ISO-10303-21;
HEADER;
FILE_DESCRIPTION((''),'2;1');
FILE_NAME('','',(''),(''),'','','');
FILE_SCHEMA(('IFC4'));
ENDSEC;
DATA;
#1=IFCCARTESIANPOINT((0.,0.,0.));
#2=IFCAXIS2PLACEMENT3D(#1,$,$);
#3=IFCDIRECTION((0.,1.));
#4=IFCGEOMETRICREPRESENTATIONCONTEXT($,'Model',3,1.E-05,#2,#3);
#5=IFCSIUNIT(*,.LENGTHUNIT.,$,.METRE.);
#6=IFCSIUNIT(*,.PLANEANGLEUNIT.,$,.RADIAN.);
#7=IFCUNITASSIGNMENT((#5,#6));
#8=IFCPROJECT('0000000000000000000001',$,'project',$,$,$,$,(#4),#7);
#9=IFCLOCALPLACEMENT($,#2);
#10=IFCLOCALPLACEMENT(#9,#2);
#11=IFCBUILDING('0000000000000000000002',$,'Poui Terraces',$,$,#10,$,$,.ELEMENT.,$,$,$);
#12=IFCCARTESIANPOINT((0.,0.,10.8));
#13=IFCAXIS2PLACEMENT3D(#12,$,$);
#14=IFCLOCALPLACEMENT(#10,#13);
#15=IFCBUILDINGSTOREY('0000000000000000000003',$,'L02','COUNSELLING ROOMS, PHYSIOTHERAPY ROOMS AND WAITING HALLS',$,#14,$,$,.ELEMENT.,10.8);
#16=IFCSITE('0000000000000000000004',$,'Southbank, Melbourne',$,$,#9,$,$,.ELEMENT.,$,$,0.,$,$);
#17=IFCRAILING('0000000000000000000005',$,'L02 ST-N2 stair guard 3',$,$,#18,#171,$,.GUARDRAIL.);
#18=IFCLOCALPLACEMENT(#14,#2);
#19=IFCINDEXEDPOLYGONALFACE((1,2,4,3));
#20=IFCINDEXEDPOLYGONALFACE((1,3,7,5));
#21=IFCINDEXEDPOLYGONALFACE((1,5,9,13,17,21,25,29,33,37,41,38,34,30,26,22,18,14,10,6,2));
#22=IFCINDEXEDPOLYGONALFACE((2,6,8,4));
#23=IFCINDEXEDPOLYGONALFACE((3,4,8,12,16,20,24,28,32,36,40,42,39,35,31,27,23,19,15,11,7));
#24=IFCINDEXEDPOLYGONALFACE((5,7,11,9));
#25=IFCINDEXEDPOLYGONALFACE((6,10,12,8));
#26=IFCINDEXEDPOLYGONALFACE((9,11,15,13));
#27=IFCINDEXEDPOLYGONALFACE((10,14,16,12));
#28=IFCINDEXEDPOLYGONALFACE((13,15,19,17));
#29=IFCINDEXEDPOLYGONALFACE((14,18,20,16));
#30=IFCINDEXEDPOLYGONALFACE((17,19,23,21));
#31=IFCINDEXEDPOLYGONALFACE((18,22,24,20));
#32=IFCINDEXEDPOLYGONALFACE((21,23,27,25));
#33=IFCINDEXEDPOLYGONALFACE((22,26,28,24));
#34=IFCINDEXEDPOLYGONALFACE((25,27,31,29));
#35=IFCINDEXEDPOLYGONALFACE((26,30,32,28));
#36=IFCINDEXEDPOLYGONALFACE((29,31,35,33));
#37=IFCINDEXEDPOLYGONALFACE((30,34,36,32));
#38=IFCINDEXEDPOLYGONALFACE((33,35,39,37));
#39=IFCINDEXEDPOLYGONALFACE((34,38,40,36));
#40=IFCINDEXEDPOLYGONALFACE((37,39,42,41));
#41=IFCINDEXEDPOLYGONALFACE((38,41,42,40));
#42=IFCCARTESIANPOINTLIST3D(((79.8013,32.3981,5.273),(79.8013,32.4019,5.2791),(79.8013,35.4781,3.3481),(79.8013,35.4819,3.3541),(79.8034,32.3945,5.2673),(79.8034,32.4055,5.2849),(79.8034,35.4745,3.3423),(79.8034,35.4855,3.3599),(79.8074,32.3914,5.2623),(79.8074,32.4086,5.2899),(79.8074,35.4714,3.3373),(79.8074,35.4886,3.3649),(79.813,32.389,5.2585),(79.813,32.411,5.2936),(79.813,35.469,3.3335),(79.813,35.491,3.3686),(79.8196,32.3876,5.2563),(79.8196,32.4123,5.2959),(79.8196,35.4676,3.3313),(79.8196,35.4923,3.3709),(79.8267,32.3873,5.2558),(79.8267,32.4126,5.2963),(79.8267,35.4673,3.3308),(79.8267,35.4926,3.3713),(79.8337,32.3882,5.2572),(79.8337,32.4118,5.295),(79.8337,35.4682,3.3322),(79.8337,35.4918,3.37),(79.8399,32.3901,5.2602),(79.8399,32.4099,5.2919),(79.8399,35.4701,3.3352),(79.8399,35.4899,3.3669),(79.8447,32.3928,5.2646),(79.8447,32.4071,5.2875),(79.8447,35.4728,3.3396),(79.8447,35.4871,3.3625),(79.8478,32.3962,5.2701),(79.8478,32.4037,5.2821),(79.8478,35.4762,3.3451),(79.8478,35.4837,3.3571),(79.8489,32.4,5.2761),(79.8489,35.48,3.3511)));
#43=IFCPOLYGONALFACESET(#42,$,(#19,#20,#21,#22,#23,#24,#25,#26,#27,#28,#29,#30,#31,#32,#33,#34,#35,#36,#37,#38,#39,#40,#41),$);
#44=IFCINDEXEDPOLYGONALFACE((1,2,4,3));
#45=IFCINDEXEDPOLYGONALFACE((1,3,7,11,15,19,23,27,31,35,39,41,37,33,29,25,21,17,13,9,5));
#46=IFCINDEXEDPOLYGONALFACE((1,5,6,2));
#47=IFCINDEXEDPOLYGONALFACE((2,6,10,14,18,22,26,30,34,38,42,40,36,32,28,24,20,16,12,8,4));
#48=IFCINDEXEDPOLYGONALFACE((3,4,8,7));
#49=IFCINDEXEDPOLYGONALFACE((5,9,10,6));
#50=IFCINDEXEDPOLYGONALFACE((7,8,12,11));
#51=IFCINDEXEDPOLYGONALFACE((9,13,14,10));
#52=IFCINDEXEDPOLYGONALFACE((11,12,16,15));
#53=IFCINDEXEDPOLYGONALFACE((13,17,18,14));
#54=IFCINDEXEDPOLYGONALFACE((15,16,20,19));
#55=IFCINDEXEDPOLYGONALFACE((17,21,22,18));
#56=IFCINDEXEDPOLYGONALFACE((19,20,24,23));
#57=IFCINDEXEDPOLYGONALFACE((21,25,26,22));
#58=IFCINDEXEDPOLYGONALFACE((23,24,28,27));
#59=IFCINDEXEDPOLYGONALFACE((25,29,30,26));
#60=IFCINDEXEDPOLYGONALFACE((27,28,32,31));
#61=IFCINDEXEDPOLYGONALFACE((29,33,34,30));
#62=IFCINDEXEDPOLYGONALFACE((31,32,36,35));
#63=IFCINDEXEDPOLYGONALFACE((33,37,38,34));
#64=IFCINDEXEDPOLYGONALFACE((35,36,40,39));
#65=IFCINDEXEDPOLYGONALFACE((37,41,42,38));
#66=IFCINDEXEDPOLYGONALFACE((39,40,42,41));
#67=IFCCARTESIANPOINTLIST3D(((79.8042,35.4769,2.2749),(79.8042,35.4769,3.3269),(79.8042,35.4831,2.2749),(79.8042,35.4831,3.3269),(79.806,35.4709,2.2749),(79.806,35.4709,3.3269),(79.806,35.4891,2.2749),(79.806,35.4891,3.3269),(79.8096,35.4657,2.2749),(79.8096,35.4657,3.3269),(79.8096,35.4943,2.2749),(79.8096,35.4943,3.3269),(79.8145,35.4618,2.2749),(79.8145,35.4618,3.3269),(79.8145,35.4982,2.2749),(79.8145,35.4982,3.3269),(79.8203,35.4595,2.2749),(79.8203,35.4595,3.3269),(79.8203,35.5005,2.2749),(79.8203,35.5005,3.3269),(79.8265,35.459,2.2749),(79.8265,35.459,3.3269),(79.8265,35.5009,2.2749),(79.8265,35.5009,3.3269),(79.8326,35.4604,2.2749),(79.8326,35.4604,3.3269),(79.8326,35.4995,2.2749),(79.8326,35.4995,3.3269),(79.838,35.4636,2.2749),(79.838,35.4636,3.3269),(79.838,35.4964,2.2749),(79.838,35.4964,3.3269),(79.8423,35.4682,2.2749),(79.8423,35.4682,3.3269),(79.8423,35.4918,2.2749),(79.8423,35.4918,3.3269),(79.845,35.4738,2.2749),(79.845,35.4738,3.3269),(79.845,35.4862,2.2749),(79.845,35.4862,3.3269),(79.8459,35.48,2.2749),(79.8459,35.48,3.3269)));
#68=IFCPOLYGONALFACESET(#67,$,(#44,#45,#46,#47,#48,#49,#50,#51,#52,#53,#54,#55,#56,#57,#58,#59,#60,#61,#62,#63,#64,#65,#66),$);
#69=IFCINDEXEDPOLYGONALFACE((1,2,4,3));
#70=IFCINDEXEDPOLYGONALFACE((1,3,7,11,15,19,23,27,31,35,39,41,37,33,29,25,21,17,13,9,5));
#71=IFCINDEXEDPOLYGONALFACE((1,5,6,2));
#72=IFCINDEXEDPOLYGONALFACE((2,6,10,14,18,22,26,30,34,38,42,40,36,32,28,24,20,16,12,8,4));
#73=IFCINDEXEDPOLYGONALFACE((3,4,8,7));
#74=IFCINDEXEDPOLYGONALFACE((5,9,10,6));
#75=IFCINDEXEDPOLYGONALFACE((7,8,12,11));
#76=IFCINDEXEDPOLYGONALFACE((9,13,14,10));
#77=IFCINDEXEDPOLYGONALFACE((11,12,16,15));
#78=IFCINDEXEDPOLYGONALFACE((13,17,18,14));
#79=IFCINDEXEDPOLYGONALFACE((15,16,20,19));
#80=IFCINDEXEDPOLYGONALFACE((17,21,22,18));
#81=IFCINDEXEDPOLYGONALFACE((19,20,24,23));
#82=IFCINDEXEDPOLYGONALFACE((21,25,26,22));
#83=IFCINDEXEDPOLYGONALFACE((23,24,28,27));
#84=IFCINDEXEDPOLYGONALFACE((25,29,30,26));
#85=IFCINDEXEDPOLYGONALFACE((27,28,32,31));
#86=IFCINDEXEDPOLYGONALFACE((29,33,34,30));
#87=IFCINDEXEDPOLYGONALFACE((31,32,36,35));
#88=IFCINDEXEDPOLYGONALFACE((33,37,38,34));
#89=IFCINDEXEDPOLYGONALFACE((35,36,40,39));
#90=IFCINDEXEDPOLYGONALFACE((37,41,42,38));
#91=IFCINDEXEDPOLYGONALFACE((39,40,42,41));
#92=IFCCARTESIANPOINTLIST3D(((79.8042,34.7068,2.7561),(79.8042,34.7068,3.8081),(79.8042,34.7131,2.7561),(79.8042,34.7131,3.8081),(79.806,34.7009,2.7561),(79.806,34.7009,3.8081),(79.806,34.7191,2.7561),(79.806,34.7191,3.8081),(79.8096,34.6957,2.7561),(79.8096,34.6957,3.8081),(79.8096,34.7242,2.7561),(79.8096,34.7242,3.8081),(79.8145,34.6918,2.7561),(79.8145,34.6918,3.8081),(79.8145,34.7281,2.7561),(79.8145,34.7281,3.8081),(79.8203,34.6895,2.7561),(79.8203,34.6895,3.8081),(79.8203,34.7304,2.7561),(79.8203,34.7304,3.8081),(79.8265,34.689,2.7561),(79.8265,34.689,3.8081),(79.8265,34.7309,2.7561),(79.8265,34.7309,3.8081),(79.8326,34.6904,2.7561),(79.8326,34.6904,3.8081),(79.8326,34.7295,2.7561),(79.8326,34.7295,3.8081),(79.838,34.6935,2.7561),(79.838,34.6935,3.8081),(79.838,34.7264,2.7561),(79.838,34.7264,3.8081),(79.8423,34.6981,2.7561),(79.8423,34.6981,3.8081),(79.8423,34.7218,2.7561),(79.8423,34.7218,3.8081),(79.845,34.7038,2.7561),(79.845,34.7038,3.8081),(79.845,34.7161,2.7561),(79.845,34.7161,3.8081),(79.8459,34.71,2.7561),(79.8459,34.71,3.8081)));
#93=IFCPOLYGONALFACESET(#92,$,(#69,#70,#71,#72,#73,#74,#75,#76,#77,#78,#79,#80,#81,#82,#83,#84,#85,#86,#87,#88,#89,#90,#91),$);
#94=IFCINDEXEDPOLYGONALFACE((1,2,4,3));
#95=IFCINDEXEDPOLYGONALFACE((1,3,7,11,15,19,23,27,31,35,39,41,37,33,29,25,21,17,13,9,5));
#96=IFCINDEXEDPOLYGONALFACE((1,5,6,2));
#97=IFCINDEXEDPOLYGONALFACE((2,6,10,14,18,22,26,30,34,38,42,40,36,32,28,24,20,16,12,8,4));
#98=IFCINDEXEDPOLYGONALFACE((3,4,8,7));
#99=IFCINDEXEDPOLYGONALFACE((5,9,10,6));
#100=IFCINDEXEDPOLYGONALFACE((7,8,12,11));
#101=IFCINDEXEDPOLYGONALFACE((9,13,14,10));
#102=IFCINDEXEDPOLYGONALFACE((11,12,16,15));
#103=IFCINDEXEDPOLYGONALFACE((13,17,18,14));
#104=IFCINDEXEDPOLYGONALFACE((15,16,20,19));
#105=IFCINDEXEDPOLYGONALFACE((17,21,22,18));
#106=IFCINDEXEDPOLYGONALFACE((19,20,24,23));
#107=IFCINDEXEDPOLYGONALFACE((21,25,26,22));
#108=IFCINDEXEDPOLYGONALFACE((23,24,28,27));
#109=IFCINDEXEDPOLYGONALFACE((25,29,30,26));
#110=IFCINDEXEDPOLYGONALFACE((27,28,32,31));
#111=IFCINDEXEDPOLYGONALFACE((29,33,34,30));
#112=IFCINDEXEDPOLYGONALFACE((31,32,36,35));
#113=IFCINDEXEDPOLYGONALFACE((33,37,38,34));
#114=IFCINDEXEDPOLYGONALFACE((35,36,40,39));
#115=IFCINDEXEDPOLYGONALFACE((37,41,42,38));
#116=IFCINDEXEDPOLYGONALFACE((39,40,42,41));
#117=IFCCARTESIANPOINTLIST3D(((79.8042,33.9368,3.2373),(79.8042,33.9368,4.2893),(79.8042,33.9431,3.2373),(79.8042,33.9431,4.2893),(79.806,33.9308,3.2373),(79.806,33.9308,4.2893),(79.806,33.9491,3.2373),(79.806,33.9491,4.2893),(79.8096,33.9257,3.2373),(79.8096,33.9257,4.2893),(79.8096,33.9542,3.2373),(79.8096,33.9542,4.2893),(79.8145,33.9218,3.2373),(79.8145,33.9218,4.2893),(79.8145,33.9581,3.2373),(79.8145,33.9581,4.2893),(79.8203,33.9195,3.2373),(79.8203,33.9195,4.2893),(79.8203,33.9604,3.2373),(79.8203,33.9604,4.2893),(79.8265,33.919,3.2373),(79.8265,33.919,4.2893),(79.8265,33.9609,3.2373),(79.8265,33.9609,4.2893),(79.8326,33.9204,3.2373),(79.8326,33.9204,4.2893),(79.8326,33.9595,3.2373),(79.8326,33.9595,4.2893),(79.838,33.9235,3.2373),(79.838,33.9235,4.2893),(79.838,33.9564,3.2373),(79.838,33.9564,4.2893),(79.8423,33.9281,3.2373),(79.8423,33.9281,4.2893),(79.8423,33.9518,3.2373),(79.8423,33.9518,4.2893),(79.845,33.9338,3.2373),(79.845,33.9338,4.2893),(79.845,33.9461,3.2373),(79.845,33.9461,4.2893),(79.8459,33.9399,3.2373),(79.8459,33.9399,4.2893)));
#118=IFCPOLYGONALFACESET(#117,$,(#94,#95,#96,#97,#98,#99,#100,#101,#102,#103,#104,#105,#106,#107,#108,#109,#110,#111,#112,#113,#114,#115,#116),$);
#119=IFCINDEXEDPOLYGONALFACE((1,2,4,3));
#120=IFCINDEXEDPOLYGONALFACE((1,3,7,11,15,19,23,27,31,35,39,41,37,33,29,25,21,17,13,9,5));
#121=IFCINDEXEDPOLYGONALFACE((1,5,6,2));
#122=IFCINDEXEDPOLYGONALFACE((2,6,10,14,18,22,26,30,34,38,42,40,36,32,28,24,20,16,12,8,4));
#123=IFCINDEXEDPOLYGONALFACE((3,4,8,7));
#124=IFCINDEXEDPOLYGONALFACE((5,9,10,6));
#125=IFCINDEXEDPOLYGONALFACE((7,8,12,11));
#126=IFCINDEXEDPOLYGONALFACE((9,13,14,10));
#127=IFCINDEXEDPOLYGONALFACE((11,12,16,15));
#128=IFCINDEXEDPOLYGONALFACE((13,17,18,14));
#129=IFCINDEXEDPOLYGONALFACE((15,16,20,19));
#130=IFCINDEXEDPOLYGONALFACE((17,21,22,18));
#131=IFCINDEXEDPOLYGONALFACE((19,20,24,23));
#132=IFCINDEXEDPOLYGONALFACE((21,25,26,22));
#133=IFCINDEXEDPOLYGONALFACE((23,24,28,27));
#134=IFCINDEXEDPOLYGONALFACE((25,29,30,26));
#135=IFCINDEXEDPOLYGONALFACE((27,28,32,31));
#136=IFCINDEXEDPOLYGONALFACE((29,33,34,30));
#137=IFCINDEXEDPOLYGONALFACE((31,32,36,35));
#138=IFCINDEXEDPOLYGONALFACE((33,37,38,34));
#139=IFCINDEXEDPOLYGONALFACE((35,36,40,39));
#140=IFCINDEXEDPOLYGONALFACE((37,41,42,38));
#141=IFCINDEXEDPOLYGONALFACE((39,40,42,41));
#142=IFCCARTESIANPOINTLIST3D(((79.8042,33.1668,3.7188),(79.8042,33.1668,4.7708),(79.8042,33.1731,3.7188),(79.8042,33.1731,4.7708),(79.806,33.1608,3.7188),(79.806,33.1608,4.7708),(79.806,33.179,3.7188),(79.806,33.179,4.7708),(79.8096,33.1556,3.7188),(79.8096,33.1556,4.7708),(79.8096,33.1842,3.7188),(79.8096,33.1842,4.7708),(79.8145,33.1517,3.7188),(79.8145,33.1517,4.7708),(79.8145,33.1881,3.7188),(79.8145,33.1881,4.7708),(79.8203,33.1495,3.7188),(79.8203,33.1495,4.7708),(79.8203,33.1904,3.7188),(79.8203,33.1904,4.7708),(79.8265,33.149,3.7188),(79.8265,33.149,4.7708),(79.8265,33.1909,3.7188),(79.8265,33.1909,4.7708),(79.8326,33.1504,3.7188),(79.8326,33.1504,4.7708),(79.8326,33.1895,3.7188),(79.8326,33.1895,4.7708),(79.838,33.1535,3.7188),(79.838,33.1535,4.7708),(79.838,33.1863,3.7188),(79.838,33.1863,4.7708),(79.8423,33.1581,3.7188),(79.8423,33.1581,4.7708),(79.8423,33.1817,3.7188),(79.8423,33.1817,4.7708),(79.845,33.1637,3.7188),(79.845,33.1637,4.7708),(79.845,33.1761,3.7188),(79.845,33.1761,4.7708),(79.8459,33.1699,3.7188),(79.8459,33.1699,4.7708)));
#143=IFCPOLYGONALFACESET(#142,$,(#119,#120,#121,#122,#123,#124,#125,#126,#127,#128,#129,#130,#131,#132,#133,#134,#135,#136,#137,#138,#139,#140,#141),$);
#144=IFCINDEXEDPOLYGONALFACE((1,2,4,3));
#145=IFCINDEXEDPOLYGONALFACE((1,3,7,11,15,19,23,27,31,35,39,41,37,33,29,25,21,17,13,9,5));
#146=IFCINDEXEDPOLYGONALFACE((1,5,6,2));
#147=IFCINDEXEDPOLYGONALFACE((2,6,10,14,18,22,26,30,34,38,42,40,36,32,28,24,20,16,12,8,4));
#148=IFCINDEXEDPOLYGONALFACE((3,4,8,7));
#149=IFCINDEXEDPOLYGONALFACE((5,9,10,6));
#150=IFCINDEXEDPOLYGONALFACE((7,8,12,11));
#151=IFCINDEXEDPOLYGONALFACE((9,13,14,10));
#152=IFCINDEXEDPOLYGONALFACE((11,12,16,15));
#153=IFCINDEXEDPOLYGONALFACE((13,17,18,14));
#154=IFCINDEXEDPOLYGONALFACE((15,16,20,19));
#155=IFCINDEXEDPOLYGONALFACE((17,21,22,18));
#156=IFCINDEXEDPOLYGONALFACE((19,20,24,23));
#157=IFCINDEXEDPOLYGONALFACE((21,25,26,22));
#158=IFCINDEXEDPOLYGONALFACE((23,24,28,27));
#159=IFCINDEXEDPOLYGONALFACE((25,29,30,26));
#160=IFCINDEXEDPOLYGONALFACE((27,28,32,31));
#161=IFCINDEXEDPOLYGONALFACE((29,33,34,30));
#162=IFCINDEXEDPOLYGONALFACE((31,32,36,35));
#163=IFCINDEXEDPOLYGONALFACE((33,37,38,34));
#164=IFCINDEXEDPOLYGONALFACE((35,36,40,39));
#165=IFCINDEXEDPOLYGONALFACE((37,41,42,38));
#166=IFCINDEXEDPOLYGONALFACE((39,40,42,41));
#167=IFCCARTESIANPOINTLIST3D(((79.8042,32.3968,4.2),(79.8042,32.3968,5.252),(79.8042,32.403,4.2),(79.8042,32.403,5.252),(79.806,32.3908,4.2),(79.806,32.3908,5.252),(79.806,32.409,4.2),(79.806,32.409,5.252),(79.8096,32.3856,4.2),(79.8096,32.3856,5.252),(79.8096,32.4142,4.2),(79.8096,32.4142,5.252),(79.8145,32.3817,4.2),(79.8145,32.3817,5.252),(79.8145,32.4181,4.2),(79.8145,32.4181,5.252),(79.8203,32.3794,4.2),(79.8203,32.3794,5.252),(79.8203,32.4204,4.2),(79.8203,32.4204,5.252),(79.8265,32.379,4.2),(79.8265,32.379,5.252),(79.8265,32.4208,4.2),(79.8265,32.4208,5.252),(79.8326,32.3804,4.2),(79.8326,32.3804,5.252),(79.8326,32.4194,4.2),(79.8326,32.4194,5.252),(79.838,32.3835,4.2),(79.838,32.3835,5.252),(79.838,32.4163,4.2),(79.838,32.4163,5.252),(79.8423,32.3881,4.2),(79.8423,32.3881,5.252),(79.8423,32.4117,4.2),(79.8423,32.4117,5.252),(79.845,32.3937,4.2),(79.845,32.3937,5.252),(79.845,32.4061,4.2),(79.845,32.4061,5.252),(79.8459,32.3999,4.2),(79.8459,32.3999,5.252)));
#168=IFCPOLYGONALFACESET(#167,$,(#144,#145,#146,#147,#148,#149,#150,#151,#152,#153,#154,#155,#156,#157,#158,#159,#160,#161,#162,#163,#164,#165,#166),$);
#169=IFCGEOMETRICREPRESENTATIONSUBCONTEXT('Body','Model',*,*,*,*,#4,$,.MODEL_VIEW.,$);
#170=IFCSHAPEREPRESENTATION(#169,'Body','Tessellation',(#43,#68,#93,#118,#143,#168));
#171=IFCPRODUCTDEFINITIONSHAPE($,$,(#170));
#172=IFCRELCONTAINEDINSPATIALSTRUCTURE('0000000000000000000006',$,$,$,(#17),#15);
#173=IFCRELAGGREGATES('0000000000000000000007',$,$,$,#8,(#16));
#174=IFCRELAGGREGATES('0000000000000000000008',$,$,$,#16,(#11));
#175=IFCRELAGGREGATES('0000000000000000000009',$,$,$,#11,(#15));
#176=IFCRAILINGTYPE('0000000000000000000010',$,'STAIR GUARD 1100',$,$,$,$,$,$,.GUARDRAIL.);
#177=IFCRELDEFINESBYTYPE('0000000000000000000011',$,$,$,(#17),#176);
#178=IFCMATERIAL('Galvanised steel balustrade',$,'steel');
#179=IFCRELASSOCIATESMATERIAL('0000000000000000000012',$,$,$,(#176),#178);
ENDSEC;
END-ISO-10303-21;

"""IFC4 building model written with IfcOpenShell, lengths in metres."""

from ifc_helpers import new_model, si_unit, direction, frame, origin, origin_2d, place, context, subcontext, project, spatial, circle, extrude, material, type_object, element, save


model = new_model("IFC4")

# Units and contexts
model_context = context("Model", 3, precision=1e-05, world=origin(), true_north=direction((0.0, 1.0)))
body_context = subcontext(model_context, "Body", "Model", "MODEL_VIEW")
ifc_project = project(units=[si_unit("LENGTHUNIT", "METRE"), si_unit("PLANEANGLEUNIT", "RADIAN")], contexts=[model_context])

# Site, building, storey
site_placement = place(None, origin())
site = spatial("IfcSite", under=ifc_project, at=site_placement, Name="Southbank, Melbourne", CompositionType="ELEMENT", RefElevation=0.0)
building_placement = place(site_placement, origin())
building = spatial("IfcBuilding", under=site, at=building_placement, Name="Poui Terraces", CompositionType="ELEMENT")
storey_placement = place(building_placement, frame((0.0, 0.0, 10.8)))
storey = spatial("IfcBuildingStorey", under=building, at=storey_placement, Name="L02", Description="COUNSELLING ROOMS, PHYSIOTHERAPY ROOMS AND WAITING HALLS", CompositionType="ELEMENT", Elevation=10.8)

# Railing
ifc_material_1 = material(Name="Galvanised steel balustrade", Category="steel")
railing_type_1 = type_object("IfcRailingType", Name="STAIR GUARD 1100", PredefinedType="GUARDRAIL", material=ifc_material_1)
railing_1_placement = place(storey_placement, frame((79.825, 35.48, 2.2749)))
element("IfcRailing", 1, at=railing_1_placement, inside=storey, type_object=railing_type_1, Name="L02 ST-N2 stair guard 3", PredefinedType="GUARDRAIL", context=body_context, shape_type="SweptSolid", body=[
    extrude(circle(Radius=0.0239, at=origin_2d()), frame((0.0, 0.0, 1.0762), z_axis=(0.0, -0.847998, 0.529999), x_axis=(1.0, 0.0, 0.0)), (0.0, 0.0, 1.0), 3.6321),
    extrude(circle(Radius=0.021, at=origin_2d()), origin(), (0.0, 0.0, 1.0), 1.052),
    extrude(circle(Radius=0.021, at=origin_2d()), frame((0.0, -0.77, 0.4812)), (0.0, 0.0, 1.0), 1.052),
    extrude(circle(Radius=0.021, at=origin_2d()), frame((0.0, -1.54, 0.9624)), (0.0, 0.0, 1.0), 1.052),
    extrude(circle(Radius=0.021, at=origin_2d()), frame((0.0, -2.3101, 1.4438)), (0.0, 0.0, 1.0), 1.052),
    extrude(circle(Radius=0.021, at=origin_2d()), frame((0.0, -3.0801, 1.925)), (0.0, 0.0, 1.0), 1.052),
])

save(model, "model.ifc")
